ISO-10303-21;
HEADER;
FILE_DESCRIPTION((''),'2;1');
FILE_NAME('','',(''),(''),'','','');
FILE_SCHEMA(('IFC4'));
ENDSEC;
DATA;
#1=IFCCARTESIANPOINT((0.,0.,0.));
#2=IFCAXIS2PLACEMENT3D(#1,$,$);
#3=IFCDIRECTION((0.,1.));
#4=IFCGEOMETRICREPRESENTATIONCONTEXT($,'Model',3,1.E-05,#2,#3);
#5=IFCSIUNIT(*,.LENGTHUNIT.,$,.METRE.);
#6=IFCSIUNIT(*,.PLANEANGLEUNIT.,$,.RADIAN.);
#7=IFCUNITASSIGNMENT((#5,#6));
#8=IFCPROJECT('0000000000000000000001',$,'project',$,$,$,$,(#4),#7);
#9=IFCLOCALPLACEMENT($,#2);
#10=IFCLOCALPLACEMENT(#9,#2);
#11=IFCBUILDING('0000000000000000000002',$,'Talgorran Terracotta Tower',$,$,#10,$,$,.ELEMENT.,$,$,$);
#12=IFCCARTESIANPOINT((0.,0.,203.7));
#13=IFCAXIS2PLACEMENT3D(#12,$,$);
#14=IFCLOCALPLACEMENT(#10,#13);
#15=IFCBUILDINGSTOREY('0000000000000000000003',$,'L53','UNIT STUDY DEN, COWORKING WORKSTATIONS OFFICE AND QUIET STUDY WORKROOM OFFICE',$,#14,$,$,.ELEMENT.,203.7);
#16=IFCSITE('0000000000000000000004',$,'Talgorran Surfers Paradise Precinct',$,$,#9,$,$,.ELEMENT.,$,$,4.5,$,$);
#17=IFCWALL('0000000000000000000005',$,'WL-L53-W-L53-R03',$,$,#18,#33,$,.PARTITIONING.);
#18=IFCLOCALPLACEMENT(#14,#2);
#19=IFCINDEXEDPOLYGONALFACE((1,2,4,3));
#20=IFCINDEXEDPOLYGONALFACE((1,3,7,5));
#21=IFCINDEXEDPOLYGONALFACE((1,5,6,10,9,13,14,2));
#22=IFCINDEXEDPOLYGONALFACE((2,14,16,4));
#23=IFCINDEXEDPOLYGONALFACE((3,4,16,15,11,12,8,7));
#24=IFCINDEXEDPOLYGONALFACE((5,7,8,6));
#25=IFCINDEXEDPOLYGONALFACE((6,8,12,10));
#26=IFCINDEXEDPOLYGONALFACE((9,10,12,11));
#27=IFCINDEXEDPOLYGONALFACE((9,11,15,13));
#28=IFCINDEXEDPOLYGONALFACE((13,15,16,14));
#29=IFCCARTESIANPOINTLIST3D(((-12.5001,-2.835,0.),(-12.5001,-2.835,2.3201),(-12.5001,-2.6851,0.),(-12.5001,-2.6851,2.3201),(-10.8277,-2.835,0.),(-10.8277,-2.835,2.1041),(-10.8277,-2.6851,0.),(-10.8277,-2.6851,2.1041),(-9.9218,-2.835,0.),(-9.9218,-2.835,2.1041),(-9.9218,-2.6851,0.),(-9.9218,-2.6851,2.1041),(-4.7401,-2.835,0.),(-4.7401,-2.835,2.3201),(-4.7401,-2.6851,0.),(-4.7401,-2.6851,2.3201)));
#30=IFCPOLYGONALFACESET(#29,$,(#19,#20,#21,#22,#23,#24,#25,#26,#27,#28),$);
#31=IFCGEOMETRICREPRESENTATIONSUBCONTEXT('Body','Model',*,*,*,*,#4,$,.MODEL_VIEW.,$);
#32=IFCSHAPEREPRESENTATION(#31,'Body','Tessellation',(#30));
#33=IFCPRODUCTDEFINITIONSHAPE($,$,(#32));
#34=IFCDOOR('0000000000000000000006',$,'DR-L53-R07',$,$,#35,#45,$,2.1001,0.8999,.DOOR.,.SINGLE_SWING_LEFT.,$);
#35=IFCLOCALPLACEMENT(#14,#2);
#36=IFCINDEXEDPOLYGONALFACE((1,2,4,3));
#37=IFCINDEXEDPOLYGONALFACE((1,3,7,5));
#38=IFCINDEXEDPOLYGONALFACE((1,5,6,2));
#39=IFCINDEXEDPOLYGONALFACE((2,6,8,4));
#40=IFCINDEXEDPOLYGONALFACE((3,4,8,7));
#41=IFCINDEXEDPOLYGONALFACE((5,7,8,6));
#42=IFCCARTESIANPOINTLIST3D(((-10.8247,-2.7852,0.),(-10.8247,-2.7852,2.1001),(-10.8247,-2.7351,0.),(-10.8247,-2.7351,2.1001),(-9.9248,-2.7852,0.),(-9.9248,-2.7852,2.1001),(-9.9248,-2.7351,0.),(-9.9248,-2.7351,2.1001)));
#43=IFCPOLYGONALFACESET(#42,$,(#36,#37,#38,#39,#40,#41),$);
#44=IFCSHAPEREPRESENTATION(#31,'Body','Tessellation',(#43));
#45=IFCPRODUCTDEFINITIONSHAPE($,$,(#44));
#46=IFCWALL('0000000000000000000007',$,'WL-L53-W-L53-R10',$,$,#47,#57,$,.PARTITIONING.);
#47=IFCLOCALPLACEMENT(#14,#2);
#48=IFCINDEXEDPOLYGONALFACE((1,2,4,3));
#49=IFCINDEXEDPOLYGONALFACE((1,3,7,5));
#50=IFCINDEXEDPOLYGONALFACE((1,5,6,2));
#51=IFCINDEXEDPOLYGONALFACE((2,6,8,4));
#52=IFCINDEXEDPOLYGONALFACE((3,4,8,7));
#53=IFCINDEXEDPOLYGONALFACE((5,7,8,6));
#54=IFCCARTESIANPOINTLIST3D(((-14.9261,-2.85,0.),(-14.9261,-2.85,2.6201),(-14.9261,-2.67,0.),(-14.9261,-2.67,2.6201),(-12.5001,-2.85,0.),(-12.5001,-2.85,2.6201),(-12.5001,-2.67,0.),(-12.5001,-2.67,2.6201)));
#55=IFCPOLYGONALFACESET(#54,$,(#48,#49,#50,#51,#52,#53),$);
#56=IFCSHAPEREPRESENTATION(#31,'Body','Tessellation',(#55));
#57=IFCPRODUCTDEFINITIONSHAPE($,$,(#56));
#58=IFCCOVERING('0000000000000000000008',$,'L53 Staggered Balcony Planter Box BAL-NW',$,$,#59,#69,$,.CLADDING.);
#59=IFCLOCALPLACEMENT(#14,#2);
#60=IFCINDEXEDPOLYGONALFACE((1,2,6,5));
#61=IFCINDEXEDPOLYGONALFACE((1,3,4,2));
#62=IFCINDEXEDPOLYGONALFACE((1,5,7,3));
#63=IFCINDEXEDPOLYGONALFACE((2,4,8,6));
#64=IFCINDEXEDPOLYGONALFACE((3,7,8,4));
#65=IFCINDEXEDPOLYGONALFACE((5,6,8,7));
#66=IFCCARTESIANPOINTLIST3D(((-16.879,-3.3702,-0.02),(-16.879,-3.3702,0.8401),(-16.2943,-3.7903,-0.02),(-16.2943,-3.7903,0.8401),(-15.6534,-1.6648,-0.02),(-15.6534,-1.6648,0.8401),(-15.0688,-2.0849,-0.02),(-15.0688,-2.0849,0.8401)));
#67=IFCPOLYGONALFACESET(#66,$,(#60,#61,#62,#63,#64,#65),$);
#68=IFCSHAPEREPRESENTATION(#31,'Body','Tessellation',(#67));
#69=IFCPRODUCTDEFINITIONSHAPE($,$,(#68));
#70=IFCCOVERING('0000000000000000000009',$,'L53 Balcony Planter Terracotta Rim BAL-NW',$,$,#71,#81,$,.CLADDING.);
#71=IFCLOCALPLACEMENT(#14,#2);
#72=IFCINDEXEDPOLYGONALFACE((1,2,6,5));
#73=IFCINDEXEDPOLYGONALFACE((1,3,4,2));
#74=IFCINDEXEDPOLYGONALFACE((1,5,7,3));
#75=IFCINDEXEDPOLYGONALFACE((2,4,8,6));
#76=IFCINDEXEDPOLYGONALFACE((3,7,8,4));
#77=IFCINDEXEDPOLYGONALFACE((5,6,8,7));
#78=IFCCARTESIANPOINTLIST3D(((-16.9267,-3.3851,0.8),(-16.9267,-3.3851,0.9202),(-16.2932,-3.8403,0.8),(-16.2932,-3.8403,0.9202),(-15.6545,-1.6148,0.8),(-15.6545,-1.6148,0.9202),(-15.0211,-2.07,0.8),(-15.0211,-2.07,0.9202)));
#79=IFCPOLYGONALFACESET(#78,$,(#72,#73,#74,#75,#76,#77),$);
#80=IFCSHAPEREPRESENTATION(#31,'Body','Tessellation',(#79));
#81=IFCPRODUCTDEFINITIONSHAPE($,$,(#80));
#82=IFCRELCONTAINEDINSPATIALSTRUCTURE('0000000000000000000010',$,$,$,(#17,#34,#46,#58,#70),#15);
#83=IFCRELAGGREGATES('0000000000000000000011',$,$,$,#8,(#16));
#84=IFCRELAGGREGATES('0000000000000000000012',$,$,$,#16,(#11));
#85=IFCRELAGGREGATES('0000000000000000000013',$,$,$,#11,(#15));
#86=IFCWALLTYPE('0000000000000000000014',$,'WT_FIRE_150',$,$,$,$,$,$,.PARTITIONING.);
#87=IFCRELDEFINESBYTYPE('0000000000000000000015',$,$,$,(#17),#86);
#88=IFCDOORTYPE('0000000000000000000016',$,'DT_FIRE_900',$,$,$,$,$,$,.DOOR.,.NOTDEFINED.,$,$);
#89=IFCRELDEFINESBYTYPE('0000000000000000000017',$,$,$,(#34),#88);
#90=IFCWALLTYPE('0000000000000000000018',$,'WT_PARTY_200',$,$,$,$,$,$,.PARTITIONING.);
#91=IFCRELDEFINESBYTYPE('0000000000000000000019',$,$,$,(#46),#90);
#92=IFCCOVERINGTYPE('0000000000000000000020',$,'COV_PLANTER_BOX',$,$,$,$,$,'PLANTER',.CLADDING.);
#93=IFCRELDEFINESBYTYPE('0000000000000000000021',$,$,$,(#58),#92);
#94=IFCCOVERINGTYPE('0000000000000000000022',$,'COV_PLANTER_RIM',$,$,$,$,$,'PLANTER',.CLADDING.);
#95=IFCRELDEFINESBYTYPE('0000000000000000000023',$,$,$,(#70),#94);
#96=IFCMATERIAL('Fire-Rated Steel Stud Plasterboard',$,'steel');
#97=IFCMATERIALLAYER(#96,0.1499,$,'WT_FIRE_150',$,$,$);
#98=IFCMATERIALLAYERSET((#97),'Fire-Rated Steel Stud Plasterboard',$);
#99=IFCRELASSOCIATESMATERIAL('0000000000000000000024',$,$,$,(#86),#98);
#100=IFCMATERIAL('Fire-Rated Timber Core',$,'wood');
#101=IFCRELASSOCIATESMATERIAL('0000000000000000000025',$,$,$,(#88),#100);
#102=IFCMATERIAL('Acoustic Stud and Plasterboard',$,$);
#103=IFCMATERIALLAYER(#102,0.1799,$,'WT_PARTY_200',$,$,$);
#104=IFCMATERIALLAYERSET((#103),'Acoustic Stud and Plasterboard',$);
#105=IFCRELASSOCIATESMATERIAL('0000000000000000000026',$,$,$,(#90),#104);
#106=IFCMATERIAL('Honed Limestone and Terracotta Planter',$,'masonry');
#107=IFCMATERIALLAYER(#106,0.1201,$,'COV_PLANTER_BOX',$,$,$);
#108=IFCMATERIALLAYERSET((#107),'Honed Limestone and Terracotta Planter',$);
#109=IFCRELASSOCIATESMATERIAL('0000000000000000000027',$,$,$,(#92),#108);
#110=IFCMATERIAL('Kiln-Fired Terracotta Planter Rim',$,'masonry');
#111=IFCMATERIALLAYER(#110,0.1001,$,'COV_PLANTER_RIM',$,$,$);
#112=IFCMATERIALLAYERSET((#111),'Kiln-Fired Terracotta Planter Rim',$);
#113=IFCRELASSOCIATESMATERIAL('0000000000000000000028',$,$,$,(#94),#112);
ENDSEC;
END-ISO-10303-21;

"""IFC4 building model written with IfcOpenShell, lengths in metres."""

from ifc_helpers import new_model, si_unit, direction, frame, frame_2d, origin, origin_2d, place, context, subcontext, project, spatial, rectangle, extrude, material, layer, layer_set, type_object, element, fill, save


model = new_model("IFC4")

# Units and contexts
model_context = context("Model", 3, precision=1e-05, world=origin(), true_north=direction((0.0, 1.0)))
body_context = subcontext(model_context, "Body", "Model", "MODEL_VIEW")
ifc_project = project(units=[si_unit("LENGTHUNIT", "METRE"), si_unit("PLANEANGLEUNIT", "RADIAN")], contexts=[model_context])

# Site, building, storey
site_placement = place(None, origin())
site = spatial("IfcSite", under=ifc_project, at=site_placement, Name="Talgorran Surfers Paradise Precinct", CompositionType="ELEMENT", RefElevation=4.5)
building_placement = place(site_placement, origin())
building = spatial("IfcBuilding", under=site, at=building_placement, Name="Talgorran Terracotta Tower", CompositionType="ELEMENT")
storey_placement = place(building_placement, frame((0.0, 0.0, 203.7)))
storey = spatial("IfcBuildingStorey", under=building, at=storey_placement, Name="L53", Description="UNIT STUDY DEN, COWORKING WORKSTATIONS OFFICE AND QUIET STUDY WORKROOM OFFICE", CompositionType="ELEMENT", Elevation=203.7)

# Wall, opening, door
ifc_material_1 = material(Name="Fire-Rated Steel Stud Plasterboard", Category="steel")
ifc_layer_1 = layer(ifc_material_1, 0.1499, Name="WT_FIRE_150")
ifc_layer_set_1 = layer_set([ifc_layer_1], Name="Fire-Rated Steel Stud Plasterboard")
wall_type_1 = type_object("IfcWallType", Name="WT_FIRE_150", PredefinedType="PARTITIONING", material=ifc_layer_set_1)
wall_1_placement = place(storey_placement, frame((-12.5, -2.76, 0.0), z_axis=(0.0, 0.0, 1.0), x_axis=(1.0, 0.0, 0.0)))
wall_1 = element("IfcWall", 1, at=wall_1_placement, inside=storey, type_object=wall_type_1, Name="WL-L53-W-L53-R03", PredefinedType="PARTITIONING", context=body_context, shape_type="SweptSolid", body=[
    extrude(rectangle(XDim=7.76, YDim=0.1499, at=frame_2d((3.8799, 0.0))), origin(), (0.0, 0.0, 1.0), 2.3201),
])
opening_placement = place(wall_1_placement, frame((1.6753, 0.0, 0.0)))
opening = element("IfcOpeningElement", 2, at=opening_placement, cuts=wall_1, PredefinedType="OPENING", context=body_context, shape_type="SweptSolid", body=[
    extrude(rectangle(XDim=0.9059, YDim=2.1041, at=frame_2d((0.45, 1.052))), frame((0.0, 0.085, 0.0), z_axis=(0.0, -1.0, 0.0), x_axis=(1.0, 0.0, 0.0)), (0.0, 0.0, 1.0), 0.1699),
])
ifc_material_2 = material(Name="Fire-Rated Timber Core", Category="wood")
door_type = type_object("IfcDoorType", Name="DT_FIRE_900", OperationType="NOTDEFINED", PredefinedType="DOOR", material=ifc_material_2)
door_placement = place(opening_placement, origin())
door = element("IfcDoor", 3, at=door_placement, inside=storey, type_object=door_type, Name="DR-L53-R07", OperationType="SINGLE_SWING_LEFT", OverallHeight=2.1001, OverallWidth=0.8999, PredefinedType="DOOR", context=body_context, shape_type="SweptSolid", body=[
    extrude(rectangle(XDim=0.8999, YDim=2.1001, at=frame_2d((0.45, 1.05))), frame((0.0, 0.0249, 0.0), z_axis=(0.0, -1.0, 0.0), x_axis=(1.0, 0.0, 0.0)), (0.0, 0.0, 1.0), 0.05),
])
fill(opening, door)

# Wall
ifc_material_3 = material(Name="Acoustic Stud and Plasterboard")
ifc_layer_2 = layer(ifc_material_3, 0.1799, Name="WT_PARTY_200")
ifc_layer_set_2 = layer_set([ifc_layer_2], Name="Acoustic Stud and Plasterboard")
wall_type_2 = type_object("IfcWallType", Name="WT_PARTY_200", PredefinedType="PARTITIONING", material=ifc_layer_set_2)
wall_2_placement = place(storey_placement, frame((-14.926, -2.76, 0.0), z_axis=(0.0, 0.0, 1.0), x_axis=(1.0, 0.0, 0.0)))
element("IfcWall", 4, at=wall_2_placement, inside=storey, type_object=wall_type_2, Name="WL-L53-W-L53-R10", PredefinedType="PARTITIONING", context=body_context, shape_type="SweptSolid", body=[
    extrude(rectangle(XDim=2.426, YDim=0.1799, at=frame_2d((1.2129, 0.0))), origin(), (0.0, 0.0, 1.0), 2.6201),
])

# Coverings
ifc_material_4 = material(Name="Honed Limestone and Terracotta Planter", Category="masonry")
ifc_layer_3 = layer(ifc_material_4, 0.1201, Name="COV_PLANTER_BOX")
ifc_layer_set_3 = layer_set([ifc_layer_3], Name="Honed Limestone and Terracotta Planter")
covering_type_1 = type_object("IfcCoveringType", Name="COV_PLANTER_BOX", ElementType="PLANTER", PredefinedType="CLADDING", material=ifc_layer_set_3)
covering_1_placement = place(storey_placement, frame((-15.9739, -2.7275, -0.02), z_axis=(0.0, 0.0, 1.0), x_axis=(-0.583555, -0.812073, 0.0)))
element("IfcCovering", 5, at=covering_1_placement, inside=storey, type_object=covering_type_1, Name="L53 Staggered Balcony Planter Box BAL-NW", PredefinedType="CLADDING", context=body_context, shape_type="SweptSolid", body=[
    extrude(rectangle(XDim=2.1001, YDim=0.72, at=origin_2d()), origin(), (0.0, 0.0, 1.0), 0.8601),
])
ifc_material_5 = material(Name="Kiln-Fired Terracotta Planter Rim", Category="masonry")
ifc_layer_4 = layer(ifc_material_5, 0.1001, Name="COV_PLANTER_RIM")
ifc_layer_set_4 = layer_set([ifc_layer_4], Name="Kiln-Fired Terracotta Planter Rim")
covering_type_2 = type_object("IfcCoveringType", Name="COV_PLANTER_RIM", ElementType="PLANTER", PredefinedType="CLADDING", material=ifc_layer_set_4)
covering_2_placement = place(storey_placement, frame((-15.9739, -2.7275, 0.8), z_axis=(0.0, 0.0, 1.0), x_axis=(-0.583555, -0.812073, 0.0)))
element("IfcCovering", 6, at=covering_2_placement, inside=storey, type_object=covering_type_2, Name="L53 Balcony Planter Terracotta Rim BAL-NW", PredefinedType="CLADDING", context=body_context, shape_type="SweptSolid", body=[
    extrude(rectangle(XDim=2.1799, YDim=0.78, at=origin_2d()), origin(), (0.0, 0.0, 1.0), 0.1201),
])

save(model, "model.ifc")
